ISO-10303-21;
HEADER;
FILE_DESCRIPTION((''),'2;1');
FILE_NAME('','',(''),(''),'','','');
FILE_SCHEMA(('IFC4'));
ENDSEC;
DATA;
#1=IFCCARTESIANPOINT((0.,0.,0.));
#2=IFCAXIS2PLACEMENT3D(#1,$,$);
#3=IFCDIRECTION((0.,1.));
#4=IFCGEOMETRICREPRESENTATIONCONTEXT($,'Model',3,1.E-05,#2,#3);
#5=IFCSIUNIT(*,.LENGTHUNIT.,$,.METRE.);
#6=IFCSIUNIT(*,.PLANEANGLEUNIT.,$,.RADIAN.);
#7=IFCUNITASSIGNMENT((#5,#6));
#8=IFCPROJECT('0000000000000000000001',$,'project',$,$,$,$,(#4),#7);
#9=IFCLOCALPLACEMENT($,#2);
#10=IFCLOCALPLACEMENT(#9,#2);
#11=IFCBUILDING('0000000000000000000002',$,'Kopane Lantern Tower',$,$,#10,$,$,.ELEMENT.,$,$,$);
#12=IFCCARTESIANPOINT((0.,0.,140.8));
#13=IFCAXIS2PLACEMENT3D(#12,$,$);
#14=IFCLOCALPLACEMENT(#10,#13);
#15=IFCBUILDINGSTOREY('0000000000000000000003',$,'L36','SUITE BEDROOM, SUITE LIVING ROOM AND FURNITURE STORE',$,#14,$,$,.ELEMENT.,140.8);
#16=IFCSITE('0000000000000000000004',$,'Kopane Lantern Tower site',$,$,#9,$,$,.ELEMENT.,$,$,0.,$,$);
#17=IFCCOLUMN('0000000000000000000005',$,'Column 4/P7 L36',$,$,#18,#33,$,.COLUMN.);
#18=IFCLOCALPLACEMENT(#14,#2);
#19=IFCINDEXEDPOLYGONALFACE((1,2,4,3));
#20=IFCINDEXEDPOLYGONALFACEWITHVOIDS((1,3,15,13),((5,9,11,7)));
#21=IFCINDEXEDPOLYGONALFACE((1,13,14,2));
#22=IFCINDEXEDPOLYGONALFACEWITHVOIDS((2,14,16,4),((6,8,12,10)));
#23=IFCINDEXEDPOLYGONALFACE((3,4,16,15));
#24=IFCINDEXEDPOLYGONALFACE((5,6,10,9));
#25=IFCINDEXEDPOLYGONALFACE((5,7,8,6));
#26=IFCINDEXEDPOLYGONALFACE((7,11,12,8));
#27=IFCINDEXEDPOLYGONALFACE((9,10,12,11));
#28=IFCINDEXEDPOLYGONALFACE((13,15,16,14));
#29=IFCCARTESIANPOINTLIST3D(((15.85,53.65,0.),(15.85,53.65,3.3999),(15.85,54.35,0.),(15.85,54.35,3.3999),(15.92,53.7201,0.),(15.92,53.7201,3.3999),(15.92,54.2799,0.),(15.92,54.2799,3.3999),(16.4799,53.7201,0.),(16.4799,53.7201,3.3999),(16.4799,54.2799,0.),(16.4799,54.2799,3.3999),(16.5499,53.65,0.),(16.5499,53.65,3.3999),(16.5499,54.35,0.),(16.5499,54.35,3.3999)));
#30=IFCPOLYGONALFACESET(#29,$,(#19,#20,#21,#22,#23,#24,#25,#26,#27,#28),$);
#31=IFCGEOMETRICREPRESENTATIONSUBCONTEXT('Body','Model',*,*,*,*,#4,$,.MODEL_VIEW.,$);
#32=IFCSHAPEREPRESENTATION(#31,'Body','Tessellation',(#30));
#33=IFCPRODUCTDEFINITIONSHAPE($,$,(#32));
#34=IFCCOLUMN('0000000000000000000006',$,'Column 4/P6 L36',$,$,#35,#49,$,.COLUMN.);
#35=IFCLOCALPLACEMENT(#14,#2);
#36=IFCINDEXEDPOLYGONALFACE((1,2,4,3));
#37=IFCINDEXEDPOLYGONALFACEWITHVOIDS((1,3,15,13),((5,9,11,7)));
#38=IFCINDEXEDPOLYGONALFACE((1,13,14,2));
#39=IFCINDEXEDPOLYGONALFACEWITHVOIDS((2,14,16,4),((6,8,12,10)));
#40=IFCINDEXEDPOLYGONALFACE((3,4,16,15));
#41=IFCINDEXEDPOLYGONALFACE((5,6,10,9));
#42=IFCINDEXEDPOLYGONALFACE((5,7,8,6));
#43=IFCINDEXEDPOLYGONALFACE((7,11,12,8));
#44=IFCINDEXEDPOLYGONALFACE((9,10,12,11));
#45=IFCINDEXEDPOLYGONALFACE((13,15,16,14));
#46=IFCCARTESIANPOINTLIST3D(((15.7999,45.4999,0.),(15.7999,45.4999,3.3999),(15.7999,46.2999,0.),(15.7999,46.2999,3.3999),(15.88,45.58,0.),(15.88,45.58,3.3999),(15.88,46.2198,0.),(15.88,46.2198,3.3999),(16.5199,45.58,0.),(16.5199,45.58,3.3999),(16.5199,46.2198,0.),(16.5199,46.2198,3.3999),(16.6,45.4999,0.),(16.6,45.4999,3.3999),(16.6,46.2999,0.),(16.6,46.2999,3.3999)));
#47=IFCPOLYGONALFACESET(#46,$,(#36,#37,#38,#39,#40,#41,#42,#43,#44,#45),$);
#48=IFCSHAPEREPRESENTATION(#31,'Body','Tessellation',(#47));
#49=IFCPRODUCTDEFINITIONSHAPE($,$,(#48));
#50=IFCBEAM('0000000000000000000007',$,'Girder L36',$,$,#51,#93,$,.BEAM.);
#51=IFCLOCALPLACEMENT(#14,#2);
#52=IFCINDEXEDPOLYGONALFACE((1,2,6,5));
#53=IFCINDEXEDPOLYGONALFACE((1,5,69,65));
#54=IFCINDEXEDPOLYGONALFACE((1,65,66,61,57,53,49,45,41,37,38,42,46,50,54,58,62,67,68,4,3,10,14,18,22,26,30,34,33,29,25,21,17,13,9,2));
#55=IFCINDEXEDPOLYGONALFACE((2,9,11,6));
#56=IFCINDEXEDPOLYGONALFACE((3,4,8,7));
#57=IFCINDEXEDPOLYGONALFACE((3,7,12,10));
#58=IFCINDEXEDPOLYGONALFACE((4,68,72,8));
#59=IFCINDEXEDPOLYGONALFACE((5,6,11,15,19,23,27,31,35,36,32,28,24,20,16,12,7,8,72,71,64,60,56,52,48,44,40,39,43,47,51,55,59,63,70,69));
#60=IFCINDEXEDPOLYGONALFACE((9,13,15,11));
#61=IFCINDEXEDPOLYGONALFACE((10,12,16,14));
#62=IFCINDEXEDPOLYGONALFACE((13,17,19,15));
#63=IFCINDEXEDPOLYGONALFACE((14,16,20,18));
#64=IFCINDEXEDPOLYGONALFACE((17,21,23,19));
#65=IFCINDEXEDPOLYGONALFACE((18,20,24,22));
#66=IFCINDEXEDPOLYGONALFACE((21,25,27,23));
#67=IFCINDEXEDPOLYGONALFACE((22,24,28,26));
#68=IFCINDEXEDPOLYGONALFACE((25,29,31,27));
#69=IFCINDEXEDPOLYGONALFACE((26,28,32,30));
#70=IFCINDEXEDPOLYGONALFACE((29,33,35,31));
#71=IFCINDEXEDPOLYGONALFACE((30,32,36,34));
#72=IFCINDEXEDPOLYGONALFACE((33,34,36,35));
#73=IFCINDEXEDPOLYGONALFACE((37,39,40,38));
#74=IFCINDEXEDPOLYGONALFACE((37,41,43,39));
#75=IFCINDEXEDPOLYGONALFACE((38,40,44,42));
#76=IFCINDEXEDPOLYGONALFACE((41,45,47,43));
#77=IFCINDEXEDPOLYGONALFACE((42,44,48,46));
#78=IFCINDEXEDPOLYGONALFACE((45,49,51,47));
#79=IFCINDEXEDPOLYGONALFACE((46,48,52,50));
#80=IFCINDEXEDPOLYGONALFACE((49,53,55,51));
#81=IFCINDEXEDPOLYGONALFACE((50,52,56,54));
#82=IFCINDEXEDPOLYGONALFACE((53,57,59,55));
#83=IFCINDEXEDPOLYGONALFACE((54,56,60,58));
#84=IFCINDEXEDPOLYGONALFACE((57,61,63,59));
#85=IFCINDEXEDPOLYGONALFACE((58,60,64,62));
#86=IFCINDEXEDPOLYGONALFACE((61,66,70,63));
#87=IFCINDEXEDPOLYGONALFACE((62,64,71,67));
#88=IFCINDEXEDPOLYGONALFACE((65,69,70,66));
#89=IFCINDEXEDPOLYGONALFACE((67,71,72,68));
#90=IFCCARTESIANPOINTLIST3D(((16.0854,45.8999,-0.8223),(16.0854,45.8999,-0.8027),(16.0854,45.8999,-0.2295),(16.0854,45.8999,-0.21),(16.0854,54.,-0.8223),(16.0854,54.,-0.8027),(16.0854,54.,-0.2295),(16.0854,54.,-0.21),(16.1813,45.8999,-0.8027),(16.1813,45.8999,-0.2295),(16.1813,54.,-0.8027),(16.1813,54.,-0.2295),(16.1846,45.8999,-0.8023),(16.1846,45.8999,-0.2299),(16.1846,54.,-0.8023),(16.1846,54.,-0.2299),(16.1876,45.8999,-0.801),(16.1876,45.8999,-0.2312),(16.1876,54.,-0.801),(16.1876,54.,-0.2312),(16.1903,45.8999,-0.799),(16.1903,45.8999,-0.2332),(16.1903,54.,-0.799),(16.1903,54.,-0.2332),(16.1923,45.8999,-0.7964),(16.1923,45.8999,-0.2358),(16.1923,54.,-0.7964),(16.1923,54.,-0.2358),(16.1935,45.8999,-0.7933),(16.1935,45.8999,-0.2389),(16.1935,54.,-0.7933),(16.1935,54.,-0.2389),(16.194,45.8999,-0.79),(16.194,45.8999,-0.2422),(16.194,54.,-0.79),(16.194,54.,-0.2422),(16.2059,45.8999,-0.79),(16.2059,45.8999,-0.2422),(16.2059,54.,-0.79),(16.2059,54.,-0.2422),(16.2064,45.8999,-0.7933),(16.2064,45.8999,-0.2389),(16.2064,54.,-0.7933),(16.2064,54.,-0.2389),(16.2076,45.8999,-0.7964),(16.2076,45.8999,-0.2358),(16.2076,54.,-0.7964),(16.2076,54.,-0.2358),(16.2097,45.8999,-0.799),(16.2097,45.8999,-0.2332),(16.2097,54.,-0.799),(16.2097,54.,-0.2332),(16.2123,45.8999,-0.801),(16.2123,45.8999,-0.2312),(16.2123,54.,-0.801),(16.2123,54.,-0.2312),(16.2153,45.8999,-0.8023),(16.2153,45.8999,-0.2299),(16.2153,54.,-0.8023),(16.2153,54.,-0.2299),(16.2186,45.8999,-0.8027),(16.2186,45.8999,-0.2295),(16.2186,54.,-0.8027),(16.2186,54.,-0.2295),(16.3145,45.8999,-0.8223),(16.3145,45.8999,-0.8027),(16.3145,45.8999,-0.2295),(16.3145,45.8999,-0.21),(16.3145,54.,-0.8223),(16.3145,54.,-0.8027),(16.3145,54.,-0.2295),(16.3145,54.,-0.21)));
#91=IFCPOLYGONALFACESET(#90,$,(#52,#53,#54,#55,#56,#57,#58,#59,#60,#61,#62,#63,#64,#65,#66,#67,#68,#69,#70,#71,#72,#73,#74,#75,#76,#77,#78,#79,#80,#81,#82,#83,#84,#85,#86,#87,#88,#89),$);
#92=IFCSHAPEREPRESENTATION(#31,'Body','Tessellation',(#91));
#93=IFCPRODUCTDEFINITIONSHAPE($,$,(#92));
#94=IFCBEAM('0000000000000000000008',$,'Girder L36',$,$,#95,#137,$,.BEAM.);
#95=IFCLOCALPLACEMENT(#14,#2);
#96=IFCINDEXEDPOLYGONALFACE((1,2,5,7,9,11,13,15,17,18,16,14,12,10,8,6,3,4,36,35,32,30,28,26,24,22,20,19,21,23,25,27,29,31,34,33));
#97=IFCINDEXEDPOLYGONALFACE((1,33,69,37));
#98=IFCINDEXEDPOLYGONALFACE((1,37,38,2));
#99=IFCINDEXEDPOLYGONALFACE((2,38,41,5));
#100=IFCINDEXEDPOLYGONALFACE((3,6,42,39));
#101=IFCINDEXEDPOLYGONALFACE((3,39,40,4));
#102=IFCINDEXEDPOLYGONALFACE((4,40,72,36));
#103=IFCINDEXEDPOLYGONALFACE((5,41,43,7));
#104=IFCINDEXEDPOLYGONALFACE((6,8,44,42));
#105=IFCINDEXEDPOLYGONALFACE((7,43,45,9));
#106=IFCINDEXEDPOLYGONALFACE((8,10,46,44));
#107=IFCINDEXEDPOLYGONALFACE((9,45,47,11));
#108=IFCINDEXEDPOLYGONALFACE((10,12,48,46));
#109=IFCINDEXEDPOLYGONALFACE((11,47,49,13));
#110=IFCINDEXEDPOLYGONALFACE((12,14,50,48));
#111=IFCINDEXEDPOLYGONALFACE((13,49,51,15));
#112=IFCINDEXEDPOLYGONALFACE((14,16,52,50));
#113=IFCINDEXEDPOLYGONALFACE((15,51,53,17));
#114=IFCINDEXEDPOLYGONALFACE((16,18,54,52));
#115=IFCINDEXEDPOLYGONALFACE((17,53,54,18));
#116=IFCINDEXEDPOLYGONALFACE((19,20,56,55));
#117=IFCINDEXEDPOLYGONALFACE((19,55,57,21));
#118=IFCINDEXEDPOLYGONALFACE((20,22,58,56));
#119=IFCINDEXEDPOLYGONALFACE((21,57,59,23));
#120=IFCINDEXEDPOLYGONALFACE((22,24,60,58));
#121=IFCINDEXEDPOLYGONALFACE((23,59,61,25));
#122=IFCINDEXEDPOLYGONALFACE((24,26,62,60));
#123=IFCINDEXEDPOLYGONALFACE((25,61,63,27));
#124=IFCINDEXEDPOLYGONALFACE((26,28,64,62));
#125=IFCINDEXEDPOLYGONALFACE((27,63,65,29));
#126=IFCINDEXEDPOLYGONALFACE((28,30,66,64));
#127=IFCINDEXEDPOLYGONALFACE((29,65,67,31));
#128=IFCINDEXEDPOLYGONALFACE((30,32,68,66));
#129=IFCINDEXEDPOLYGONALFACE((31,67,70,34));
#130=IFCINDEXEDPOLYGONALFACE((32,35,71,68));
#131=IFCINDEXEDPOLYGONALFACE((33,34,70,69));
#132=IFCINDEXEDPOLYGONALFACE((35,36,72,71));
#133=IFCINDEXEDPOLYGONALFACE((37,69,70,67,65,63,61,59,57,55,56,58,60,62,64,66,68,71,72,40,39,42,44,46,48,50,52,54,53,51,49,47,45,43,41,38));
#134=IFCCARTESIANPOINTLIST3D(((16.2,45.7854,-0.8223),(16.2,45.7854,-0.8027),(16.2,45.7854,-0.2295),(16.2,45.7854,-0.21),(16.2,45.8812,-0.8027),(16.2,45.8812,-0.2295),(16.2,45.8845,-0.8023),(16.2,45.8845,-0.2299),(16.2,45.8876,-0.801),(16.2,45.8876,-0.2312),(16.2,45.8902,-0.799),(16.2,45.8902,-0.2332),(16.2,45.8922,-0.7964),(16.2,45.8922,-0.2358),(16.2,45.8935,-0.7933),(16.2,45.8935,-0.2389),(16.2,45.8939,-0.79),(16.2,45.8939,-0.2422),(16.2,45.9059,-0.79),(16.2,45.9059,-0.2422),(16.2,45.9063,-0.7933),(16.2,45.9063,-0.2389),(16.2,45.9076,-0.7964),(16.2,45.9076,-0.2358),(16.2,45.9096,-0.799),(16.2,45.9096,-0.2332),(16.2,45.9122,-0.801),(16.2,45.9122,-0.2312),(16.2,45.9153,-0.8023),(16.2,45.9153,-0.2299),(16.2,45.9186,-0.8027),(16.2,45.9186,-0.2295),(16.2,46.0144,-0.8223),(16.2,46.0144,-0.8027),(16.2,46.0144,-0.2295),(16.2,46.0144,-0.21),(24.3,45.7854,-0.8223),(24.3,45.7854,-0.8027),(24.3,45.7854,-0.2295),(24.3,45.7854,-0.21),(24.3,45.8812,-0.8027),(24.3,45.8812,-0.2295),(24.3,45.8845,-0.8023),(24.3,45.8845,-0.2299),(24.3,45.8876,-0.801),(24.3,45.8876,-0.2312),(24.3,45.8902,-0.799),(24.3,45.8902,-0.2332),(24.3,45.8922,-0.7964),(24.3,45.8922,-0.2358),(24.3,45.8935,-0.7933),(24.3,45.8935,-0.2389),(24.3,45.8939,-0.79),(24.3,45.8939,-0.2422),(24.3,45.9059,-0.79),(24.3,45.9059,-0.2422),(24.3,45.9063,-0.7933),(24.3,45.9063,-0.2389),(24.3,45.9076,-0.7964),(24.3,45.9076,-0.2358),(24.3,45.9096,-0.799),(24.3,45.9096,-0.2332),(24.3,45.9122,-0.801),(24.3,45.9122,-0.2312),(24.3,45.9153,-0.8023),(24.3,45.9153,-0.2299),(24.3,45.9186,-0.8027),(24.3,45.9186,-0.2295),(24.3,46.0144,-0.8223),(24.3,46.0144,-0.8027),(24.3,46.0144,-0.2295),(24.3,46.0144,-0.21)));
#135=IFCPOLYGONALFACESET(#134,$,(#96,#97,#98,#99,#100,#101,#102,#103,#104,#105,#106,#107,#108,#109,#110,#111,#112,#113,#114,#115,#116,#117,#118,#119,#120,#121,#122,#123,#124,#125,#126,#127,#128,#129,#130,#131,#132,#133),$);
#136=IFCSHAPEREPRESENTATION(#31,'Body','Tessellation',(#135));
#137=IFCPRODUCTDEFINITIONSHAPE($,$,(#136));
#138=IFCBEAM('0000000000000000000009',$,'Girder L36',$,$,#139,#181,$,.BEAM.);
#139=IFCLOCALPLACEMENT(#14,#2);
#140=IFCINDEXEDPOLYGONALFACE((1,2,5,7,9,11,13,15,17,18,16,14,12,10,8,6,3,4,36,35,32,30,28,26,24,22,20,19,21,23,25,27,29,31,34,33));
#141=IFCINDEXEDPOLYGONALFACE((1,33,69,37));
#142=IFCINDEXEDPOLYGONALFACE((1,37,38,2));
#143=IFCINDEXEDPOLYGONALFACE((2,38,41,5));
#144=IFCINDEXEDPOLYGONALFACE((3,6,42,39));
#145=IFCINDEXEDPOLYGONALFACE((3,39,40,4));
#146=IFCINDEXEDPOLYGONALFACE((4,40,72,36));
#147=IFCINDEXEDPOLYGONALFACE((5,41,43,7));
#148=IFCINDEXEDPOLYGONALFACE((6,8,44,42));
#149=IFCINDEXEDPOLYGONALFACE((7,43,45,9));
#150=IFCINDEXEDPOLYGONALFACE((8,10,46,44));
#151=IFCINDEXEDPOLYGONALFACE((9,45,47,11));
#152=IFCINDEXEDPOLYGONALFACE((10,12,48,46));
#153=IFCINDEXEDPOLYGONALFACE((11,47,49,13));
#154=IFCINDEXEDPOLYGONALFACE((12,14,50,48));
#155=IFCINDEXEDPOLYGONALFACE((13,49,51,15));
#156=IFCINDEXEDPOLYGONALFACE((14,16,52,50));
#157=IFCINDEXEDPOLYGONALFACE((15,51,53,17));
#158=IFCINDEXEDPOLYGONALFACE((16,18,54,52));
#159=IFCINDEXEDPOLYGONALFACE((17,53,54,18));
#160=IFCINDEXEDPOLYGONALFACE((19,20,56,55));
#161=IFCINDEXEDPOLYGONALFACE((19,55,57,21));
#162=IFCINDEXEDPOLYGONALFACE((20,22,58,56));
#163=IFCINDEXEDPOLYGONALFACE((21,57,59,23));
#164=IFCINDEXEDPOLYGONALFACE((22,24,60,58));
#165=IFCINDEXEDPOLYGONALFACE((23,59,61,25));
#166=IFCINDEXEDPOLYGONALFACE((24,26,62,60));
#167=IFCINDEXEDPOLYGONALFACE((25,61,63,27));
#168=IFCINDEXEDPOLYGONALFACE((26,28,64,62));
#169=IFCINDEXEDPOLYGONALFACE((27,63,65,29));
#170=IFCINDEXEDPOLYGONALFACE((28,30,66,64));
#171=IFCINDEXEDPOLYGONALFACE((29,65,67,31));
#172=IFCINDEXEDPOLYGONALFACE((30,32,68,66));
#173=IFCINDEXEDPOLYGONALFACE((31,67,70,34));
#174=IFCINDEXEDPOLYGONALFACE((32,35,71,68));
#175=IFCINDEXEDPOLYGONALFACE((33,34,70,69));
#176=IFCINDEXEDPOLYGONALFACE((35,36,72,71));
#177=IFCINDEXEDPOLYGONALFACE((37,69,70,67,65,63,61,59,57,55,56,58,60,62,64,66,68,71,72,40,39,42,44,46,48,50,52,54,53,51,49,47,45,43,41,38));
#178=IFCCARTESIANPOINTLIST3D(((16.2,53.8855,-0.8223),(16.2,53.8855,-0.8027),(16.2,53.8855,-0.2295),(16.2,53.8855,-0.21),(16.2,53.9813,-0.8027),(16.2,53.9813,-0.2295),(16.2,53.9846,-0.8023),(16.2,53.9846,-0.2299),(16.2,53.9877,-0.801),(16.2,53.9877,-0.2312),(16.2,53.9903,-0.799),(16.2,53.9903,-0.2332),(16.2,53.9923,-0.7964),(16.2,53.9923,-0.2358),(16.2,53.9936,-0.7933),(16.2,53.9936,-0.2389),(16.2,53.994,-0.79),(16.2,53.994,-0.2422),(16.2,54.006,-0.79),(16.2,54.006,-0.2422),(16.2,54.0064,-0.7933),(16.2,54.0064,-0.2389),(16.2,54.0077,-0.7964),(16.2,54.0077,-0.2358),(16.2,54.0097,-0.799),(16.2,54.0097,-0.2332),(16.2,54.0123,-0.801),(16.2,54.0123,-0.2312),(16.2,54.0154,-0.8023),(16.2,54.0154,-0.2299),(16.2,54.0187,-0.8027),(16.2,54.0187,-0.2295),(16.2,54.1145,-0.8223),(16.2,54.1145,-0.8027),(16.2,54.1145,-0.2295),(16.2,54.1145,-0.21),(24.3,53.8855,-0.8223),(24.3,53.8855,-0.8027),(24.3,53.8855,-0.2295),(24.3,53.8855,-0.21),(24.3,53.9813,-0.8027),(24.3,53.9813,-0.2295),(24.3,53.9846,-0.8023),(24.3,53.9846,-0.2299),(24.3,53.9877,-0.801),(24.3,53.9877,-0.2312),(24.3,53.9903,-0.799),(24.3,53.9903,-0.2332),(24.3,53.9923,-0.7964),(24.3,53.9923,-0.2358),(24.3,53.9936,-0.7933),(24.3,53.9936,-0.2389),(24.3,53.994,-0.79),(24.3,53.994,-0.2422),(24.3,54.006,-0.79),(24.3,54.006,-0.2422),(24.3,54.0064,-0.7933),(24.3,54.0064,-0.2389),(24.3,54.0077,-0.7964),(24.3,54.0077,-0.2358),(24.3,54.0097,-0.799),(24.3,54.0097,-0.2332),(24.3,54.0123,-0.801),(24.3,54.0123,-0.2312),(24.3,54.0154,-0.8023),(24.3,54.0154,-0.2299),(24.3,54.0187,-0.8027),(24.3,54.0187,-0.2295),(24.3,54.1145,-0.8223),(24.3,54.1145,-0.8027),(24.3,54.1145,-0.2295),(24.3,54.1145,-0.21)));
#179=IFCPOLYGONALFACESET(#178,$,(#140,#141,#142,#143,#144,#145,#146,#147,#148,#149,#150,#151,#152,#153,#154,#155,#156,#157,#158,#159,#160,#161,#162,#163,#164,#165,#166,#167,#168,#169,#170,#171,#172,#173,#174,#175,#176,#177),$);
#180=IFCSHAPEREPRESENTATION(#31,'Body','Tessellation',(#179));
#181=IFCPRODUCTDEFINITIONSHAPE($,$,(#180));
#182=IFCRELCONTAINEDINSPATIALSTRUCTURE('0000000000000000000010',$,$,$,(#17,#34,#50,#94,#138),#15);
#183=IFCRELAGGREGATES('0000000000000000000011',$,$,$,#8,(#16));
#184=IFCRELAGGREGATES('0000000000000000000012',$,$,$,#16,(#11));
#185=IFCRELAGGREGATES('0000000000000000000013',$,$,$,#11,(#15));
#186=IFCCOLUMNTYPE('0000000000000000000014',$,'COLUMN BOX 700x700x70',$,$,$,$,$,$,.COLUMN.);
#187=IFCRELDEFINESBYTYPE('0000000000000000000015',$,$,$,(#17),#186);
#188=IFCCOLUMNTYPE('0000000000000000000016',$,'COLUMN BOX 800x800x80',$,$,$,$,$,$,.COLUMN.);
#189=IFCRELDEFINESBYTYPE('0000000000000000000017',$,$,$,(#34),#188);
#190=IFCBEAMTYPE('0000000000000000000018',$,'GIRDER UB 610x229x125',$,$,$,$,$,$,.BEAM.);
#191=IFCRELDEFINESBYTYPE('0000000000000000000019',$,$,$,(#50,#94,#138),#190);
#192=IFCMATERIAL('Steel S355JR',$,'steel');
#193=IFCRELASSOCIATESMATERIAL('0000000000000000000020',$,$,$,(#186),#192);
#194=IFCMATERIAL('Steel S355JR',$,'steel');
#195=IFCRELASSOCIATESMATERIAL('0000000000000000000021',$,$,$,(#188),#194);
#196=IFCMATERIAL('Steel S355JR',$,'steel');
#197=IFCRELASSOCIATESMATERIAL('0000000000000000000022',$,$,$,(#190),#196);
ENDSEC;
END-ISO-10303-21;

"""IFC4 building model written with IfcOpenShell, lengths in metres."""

from ifc_helpers import new_model, si_unit, direction, frame, origin, origin_2d, place, context, subcontext, project, spatial, hollow_rectangle, i_section, extrude, material, material_profile, profile_set, type_object, element, save


model = new_model("IFC4")

# Units and contexts
model_context = context("Model", 3, precision=1e-05, world=origin(), true_north=direction((0.0, 1.0)))
body_context = subcontext(model_context, "Body", "Model", "MODEL_VIEW")
ifc_project = project(units=[si_unit("LENGTHUNIT", "METRE"), si_unit("PLANEANGLEUNIT", "RADIAN")], contexts=[model_context])

# Site, building, storey
site_placement = place(None, origin())
site = spatial("IfcSite", under=ifc_project, at=site_placement, Name="Kopane Lantern Tower site", CompositionType="ELEMENT", RefElevation=0.0)
building_placement = place(site_placement, origin())
building = spatial("IfcBuilding", under=site, at=building_placement, Name="Kopane Lantern Tower", CompositionType="ELEMENT")
storey_placement = place(building_placement, frame((0.0, 0.0, 140.8)))
storey = spatial("IfcBuildingStorey", under=building, at=storey_placement, Name="L36", Description="SUITE BEDROOM, SUITE LIVING ROOM AND FURNITURE STORE", CompositionType="ELEMENT", Elevation=140.8)

# Columns
ifc_material_1 = material(Name="Steel S355JR", Category="steel")
ifc_material_profile_1 = material_profile(ifc_material_1, hollow_rectangle(XDim=0.7, YDim=0.7, WallThickness=0.0701, at=origin_2d()), Name="BOX 700x700x70")
ifc_profile_set_1 = profile_set([ifc_material_profile_1], Name="Steel S355JR")
column_type_1 = type_object("IfcColumnType", Name="COLUMN BOX 700x700x70", PredefinedType="COLUMN", material=ifc_profile_set_1)
column_1_placement = place(storey_placement, frame((16.2, 54.0, 0.0), z_axis=(0.0, 0.0, 1.0), x_axis=(1.0, 0.0, 0.0)))
element("IfcColumn", 1, at=column_1_placement, inside=storey, type_object=column_type_1, Name="Column 4/P7 L36", PredefinedType="COLUMN", context=body_context, shape_type="SweptSolid", body=[
    extrude(hollow_rectangle(XDim=0.7, YDim=0.7, WallThickness=0.0701, at=origin_2d()), origin(), (0.0, 0.0, 1.0), 3.3999),
])
ifc_material_2 = material(Name="Steel S355JR", Category="steel")
ifc_material_profile_2 = material_profile(ifc_material_2, hollow_rectangle(XDim=0.8, YDim=0.8, WallThickness=0.0801, at=origin_2d()), Name="BOX 800x800x80")
ifc_profile_set_2 = profile_set([ifc_material_profile_2], Name="Steel S355JR")
column_type_2 = type_object("IfcColumnType", Name="COLUMN BOX 800x800x80", PredefinedType="COLUMN", material=ifc_profile_set_2)
column_2_placement = place(storey_placement, frame((16.2, 45.8999, 0.0), z_axis=(0.0, 0.0, 1.0), x_axis=(1.0, 0.0, 0.0)))
element("IfcColumn", 2, at=column_2_placement, inside=storey, type_object=column_type_2, Name="Column 4/P6 L36", PredefinedType="COLUMN", context=body_context, shape_type="SweptSolid", body=[
    extrude(hollow_rectangle(XDim=0.8, YDim=0.8, WallThickness=0.0801, at=origin_2d()), origin(), (0.0, 0.0, 1.0), 3.3999),
])

# Beams
ifc_material_3 = material(Name="Steel S355JR", Category="steel")
ifc_material_profile_3 = material_profile(ifc_material_3, i_section(OverallWidth=0.229, OverallDepth=0.6123, WebThickness=0.012, FlangeThickness=0.0195, FilletRadius=0.0127, at=origin_2d()), Name="UB 610x229x125")
ifc_profile_set_3 = profile_set([ifc_material_profile_3], Name="Steel S355JR")
beam_type = type_object("IfcBeamType", Name="GIRDER UB 610x229x125", PredefinedType="BEAM", material=ifc_profile_set_3)
for number, where, z_axis, x_axis, name in (
    (3, (16.2, 45.8999, -0.5161), (0.0, 1.0, 0.0), (-1.0, 0.0, 0.0), "Girder L36"),
    (4, (16.2, 45.8999, -0.5161), (1.0, 0.0, 0.0), (0.0, 1.0, 0.0), "Girder L36"),
    (5, (16.2, 54.0, -0.5161), (1.0, 0.0, 0.0), (0.0, 1.0, 0.0), "Girder L36"),
):
    element("IfcBeam", number, at=place(storey_placement, frame(where, z_axis=z_axis, x_axis=x_axis)), inside=storey, type_object=beam_type, Name=name, PredefinedType="BEAM", context=body_context, shape_type="SweptSolid", body=[
        extrude(i_section(OverallWidth=0.229, OverallDepth=0.6123, WebThickness=0.012, FlangeThickness=0.0195, FilletRadius=0.0127, at=origin_2d()), origin(), (0.0, 0.0, 1.0), 8.1001),
    ])

save(model, "model.ifc")
